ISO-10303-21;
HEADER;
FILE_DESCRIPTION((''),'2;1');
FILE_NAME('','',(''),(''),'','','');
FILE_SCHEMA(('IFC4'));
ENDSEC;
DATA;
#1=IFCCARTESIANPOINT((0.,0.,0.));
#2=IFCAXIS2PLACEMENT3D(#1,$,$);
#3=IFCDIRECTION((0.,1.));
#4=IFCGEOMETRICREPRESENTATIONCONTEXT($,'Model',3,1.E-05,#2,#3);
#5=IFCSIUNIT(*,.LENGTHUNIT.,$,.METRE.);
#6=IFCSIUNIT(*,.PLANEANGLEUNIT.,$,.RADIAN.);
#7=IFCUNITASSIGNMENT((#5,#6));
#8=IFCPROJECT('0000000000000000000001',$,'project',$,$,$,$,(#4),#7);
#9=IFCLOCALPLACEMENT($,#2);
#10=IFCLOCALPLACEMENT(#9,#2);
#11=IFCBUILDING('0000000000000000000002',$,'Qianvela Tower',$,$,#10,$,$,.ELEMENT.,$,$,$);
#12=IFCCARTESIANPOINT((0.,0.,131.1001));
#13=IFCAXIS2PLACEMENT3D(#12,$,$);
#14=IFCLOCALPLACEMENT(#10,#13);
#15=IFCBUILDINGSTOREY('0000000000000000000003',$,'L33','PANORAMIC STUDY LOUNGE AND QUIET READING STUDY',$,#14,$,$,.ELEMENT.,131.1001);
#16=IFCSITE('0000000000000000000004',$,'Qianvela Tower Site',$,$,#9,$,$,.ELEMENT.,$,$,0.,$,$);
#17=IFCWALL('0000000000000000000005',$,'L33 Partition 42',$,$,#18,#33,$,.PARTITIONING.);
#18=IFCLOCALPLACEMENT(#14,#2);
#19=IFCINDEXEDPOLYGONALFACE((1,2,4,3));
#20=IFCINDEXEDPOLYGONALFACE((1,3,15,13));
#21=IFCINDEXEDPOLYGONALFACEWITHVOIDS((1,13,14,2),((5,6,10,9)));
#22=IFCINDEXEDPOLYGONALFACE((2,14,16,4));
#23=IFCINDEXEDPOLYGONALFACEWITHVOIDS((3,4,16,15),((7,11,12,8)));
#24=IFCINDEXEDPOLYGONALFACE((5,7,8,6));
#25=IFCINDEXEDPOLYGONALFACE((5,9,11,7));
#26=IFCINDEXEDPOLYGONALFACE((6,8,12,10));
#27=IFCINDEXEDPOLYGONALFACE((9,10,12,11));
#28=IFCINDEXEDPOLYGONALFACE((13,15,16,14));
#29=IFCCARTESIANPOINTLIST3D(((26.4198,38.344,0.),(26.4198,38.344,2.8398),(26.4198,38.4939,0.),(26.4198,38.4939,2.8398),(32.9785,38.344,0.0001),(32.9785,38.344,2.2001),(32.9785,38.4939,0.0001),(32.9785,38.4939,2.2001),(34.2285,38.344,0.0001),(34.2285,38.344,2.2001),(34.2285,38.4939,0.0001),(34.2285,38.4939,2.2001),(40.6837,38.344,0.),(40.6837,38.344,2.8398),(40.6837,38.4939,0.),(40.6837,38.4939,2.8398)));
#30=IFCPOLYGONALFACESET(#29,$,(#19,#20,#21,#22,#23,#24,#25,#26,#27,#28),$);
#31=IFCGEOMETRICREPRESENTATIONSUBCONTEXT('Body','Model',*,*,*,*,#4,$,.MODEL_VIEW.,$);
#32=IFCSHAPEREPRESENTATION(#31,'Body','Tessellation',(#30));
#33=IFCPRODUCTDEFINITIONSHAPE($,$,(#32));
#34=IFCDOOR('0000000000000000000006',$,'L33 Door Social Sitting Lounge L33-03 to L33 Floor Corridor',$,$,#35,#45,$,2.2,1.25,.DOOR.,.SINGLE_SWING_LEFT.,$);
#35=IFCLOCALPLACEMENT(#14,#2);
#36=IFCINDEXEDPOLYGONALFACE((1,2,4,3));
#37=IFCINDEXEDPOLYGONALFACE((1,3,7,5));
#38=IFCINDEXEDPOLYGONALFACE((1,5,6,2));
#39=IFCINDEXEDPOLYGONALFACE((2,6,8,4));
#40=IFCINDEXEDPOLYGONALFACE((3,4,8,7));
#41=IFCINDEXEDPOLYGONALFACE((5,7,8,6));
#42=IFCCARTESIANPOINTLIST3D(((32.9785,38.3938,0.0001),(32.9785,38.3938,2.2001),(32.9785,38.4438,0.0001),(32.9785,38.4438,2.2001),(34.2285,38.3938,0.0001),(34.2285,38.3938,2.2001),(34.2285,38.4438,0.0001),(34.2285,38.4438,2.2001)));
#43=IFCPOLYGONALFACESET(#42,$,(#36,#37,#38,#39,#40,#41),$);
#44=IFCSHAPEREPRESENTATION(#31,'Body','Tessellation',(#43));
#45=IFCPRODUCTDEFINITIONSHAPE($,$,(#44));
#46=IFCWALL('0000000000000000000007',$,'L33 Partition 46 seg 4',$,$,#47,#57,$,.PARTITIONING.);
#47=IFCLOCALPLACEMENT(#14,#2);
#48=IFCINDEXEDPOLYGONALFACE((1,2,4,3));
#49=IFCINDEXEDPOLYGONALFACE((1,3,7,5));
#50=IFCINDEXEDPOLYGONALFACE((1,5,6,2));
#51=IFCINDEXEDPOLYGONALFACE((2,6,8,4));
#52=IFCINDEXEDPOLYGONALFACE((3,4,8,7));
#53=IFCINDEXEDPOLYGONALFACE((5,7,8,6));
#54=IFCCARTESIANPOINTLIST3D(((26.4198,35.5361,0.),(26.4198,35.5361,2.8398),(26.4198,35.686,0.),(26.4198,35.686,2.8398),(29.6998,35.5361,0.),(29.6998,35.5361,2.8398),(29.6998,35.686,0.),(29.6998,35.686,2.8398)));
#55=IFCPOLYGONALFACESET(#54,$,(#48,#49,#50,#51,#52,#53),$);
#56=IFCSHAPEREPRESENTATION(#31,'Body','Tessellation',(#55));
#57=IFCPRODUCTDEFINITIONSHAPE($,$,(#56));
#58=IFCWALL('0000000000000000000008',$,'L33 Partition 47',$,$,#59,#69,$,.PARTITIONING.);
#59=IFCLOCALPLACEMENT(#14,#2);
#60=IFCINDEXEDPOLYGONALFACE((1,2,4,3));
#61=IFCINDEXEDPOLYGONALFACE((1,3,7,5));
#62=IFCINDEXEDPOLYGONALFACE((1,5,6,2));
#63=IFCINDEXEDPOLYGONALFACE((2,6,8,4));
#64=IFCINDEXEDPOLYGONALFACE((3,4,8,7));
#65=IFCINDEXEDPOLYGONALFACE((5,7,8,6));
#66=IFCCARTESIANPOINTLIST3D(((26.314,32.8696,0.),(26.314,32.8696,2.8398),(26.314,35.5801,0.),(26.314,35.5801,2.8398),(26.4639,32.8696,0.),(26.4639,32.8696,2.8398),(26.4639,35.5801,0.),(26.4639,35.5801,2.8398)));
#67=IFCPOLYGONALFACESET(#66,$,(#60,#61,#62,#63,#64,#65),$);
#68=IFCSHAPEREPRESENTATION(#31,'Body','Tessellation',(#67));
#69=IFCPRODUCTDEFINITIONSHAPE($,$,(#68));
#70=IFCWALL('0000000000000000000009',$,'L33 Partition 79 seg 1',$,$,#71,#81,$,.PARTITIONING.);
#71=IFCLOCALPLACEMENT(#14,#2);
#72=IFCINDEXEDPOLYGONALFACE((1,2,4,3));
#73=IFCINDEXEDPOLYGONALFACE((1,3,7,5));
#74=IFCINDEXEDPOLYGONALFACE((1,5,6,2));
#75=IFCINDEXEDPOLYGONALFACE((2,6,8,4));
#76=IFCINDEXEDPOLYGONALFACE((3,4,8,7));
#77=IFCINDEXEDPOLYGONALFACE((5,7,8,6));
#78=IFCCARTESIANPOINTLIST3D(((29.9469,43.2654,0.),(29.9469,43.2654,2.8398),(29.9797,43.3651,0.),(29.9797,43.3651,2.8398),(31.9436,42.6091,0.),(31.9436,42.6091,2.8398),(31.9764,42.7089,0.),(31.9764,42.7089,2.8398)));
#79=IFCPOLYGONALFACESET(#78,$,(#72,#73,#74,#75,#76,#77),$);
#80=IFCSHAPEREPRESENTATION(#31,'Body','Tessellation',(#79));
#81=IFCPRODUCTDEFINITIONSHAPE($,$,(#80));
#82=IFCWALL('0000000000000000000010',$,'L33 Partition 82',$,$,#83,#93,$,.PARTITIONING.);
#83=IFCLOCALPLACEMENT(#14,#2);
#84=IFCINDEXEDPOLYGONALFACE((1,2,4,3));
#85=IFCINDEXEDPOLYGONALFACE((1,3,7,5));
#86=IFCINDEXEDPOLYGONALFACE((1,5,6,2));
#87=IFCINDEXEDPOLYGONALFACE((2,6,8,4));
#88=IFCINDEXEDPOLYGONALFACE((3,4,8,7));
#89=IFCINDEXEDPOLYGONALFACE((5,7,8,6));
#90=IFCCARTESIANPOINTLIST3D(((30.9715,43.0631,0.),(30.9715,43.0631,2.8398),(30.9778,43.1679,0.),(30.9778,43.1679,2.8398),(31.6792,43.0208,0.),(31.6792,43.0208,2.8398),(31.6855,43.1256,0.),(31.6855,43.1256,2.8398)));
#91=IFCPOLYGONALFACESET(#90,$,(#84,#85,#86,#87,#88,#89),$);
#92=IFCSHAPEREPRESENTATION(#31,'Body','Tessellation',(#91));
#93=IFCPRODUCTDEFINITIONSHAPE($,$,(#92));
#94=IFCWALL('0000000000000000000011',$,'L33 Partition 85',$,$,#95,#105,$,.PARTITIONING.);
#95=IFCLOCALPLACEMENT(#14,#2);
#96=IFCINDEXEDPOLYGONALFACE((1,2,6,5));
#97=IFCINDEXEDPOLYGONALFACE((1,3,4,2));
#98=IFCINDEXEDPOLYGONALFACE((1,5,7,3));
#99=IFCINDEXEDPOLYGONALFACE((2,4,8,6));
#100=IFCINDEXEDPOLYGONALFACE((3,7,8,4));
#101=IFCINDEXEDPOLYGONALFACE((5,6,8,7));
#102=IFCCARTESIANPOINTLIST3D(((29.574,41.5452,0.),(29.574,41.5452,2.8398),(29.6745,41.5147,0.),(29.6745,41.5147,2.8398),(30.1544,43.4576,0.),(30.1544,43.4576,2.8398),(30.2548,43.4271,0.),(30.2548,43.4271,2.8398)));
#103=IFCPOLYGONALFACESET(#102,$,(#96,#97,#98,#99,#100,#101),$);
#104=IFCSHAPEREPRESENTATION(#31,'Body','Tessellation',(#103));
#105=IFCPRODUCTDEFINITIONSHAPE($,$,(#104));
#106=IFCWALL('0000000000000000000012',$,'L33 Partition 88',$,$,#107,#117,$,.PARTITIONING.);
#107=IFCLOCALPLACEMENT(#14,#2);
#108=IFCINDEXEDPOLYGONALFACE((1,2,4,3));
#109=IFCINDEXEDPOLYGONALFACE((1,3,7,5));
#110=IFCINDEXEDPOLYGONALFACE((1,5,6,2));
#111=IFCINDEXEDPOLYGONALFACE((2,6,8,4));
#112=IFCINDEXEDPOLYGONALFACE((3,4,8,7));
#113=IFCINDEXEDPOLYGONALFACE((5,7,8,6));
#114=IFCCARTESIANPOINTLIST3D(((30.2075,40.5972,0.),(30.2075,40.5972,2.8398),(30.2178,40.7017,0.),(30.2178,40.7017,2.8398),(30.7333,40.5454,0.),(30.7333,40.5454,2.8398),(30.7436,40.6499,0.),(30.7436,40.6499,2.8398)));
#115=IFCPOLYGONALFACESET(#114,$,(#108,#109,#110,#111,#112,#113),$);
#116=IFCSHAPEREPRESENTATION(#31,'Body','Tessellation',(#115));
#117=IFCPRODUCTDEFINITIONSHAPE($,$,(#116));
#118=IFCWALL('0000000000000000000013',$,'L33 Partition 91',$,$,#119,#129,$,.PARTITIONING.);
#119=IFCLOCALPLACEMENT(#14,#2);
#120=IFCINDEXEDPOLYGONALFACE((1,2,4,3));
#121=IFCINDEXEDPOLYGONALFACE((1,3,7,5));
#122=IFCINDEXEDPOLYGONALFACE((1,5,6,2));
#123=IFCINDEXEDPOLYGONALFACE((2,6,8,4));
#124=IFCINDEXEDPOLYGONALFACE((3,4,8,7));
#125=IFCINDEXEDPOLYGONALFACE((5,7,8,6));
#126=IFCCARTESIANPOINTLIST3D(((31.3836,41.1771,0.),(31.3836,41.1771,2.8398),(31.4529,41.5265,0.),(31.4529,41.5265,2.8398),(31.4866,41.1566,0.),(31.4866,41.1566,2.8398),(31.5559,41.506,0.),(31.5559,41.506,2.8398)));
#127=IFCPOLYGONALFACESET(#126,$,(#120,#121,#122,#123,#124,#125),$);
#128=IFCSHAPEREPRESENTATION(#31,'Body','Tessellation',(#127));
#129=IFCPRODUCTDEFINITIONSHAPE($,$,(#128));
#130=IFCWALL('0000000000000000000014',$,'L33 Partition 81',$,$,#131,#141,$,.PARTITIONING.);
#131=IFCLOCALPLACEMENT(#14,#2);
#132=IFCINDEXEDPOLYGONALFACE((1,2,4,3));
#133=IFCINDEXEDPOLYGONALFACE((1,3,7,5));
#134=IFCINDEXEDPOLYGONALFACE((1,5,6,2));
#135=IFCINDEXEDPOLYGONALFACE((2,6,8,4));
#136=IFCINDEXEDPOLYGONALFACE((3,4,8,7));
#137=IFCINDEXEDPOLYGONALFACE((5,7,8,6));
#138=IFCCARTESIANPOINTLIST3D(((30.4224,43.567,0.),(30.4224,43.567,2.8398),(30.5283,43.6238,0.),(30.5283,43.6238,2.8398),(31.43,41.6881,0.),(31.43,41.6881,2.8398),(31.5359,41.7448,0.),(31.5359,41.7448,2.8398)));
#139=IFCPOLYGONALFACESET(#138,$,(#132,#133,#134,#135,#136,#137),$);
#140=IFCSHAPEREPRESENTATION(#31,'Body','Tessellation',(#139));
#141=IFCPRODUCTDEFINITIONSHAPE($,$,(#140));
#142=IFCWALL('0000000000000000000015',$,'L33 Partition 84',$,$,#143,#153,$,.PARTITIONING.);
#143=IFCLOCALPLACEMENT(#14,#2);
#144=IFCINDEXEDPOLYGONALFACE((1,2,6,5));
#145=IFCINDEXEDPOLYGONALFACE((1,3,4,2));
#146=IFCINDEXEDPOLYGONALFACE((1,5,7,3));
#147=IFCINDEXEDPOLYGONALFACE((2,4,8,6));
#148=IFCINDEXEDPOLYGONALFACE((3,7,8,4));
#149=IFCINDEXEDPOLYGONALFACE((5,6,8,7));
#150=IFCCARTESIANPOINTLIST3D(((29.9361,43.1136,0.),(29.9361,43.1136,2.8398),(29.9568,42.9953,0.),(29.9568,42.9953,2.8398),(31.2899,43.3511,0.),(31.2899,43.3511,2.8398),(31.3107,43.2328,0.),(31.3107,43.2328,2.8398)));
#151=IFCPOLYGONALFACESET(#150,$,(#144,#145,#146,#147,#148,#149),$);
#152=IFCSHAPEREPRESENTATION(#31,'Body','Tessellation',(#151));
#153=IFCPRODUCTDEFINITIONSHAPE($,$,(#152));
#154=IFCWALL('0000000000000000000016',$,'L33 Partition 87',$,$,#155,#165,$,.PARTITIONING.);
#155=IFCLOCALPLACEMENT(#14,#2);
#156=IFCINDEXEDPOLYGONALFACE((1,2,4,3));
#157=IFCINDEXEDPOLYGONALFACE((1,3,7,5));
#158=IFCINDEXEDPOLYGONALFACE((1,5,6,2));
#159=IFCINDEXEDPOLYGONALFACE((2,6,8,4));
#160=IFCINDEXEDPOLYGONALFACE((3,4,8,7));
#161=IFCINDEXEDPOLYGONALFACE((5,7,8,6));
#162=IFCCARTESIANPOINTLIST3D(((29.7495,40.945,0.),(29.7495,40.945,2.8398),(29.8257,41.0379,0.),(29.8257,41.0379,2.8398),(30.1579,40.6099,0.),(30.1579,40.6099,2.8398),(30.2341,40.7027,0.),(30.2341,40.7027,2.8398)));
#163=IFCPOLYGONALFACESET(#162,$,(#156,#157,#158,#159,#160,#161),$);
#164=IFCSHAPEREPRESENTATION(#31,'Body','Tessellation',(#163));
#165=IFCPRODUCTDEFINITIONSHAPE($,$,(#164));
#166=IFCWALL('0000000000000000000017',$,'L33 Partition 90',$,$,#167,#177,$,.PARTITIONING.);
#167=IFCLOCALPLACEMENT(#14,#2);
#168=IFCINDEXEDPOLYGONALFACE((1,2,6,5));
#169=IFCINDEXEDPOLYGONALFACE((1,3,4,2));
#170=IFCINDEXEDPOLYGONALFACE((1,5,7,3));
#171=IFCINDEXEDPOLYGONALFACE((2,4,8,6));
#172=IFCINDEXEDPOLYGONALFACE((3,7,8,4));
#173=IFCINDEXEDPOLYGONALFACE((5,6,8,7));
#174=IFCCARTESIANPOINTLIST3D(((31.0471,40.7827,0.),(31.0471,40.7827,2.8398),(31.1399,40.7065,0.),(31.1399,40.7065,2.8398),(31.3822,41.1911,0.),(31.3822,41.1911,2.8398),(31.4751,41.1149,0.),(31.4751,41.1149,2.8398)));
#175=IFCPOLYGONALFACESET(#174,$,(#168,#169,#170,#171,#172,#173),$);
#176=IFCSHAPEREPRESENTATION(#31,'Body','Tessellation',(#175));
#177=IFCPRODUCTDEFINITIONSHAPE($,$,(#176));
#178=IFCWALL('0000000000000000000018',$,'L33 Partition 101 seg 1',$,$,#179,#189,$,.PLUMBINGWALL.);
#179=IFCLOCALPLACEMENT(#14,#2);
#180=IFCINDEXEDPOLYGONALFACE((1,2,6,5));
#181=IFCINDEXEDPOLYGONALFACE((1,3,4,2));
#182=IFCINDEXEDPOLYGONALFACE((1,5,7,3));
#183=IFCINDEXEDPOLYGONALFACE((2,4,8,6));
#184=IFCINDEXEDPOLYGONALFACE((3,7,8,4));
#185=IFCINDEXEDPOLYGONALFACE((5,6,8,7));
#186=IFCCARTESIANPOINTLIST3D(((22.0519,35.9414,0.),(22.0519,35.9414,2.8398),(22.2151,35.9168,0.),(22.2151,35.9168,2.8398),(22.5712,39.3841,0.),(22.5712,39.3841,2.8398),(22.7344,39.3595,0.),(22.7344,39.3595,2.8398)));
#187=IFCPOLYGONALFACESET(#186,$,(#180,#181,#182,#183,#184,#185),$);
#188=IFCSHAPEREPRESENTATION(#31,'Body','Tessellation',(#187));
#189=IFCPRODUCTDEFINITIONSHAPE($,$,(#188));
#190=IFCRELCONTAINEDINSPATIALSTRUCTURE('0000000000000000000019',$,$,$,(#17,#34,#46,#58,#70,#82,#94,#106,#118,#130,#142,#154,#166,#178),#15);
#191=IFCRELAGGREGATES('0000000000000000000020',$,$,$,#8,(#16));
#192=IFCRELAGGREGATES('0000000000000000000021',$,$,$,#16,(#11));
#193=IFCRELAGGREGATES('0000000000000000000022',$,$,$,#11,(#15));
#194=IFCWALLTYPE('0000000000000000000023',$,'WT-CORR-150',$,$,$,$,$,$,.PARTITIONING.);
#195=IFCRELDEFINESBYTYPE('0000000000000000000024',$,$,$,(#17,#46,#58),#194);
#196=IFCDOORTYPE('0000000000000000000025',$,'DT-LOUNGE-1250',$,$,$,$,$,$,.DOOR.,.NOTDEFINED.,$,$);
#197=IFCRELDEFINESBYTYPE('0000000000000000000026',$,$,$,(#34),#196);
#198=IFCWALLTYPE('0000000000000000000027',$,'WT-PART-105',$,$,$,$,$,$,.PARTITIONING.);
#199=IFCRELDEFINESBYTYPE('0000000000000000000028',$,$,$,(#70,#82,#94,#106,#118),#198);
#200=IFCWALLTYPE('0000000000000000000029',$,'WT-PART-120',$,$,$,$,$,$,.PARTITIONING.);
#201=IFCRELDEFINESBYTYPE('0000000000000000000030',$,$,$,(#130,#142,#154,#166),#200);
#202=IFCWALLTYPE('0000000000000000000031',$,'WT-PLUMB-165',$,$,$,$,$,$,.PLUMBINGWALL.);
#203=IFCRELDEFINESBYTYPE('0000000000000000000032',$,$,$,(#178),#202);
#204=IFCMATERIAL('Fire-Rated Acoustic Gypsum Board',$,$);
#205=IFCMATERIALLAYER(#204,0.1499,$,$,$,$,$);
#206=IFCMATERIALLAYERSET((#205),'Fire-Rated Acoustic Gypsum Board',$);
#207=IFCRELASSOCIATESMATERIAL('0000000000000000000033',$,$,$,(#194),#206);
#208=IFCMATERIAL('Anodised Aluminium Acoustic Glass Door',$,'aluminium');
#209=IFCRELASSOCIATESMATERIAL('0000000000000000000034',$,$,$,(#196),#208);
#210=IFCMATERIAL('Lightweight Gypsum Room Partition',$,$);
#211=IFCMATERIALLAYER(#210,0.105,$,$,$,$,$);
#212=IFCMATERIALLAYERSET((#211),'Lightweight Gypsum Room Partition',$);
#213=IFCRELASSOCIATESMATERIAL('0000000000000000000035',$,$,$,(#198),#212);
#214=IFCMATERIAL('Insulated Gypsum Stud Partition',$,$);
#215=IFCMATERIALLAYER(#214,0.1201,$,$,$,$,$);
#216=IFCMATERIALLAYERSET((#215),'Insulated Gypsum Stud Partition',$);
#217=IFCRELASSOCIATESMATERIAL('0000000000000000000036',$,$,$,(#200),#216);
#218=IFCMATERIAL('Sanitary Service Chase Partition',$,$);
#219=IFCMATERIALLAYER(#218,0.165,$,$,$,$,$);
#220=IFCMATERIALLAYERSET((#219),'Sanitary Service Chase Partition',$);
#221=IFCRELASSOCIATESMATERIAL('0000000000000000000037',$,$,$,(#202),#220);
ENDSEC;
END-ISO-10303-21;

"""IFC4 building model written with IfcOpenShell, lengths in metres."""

from ifc_helpers import new_model, si_unit, direction, frame, frame_2d, origin, place, context, subcontext, project, spatial, rectangle, extrude, material, layer, layer_set, type_object, element, fill, save


model = new_model("IFC4")

# Units and contexts
model_context = context("Model", 3, precision=1e-05, world=origin(), true_north=direction((0.0, 1.0)))
body_context = subcontext(model_context, "Body", "Model", "MODEL_VIEW")
ifc_project = project(units=[si_unit("LENGTHUNIT", "METRE"), si_unit("PLANEANGLEUNIT", "RADIAN")], contexts=[model_context])

# Site, building, storey
site_placement = place(None, origin())
site = spatial("IfcSite", under=ifc_project, at=site_placement, Name="Qianvela Tower Site", CompositionType="ELEMENT", RefElevation=0.0)
building_placement = place(site_placement, origin())
building = spatial("IfcBuilding", under=site, at=building_placement, Name="Qianvela Tower", CompositionType="ELEMENT")
storey_placement = place(building_placement, frame((0.0, 0.0, 131.1001)))
storey = spatial("IfcBuildingStorey", under=building, at=storey_placement, Name="L33", Description="PANORAMIC STUDY LOUNGE AND QUIET READING STUDY", CompositionType="ELEMENT", Elevation=131.1001)

# Shared definitions
ifc_material_1 = material(Name="Fire-Rated Acoustic Gypsum Board")
ifc_layer_1 = layer(ifc_material_1, 0.1499)
ifc_layer_set_1 = layer_set([ifc_layer_1], Name="Fire-Rated Acoustic Gypsum Board")
wall_type_1 = type_object("IfcWallType", Name="WT-CORR-150", PredefinedType="PARTITIONING", material=ifc_layer_set_1)

# Wall, opening, door
wall_1_placement = place(storey_placement, frame((26.4199, 38.4189, 0.0), z_axis=(0.0, 0.0, 1.0), x_axis=(1.0, 0.0, 0.0)))
wall_1 = element("IfcWall", 1, at=wall_1_placement, inside=storey, type_object=wall_type_1, Name="L33 Partition 42", PredefinedType="PARTITIONING", context=body_context, shape_type="SweptSolid", body=[
    extrude(rectangle(XDim=14.2639, YDim=0.1499, at=frame_2d((7.1318, 0.0))), origin(), (0.0, 0.0, 1.0), 2.8398),
])
opening_1_placement = place(wall_1_placement, frame((6.5586, 0.0, 0.0)))
opening_1 = element("IfcOpeningElement", 2, at=opening_1_placement, cuts=wall_1, PredefinedType="OPENING", context=body_context, shape_type="SweptSolid", body=[
    extrude(rectangle(XDim=1.25, YDim=2.2, at=frame_2d((0.625, 1.1001))), frame((0.0, 0.085, 0.0), z_axis=(0.0, -1.0, 0.0), x_axis=(1.0, 0.0, 0.0)), (0.0, 0.0, 1.0), 0.1699),
])
ifc_material_2 = material(Name="Anodised Aluminium Acoustic Glass Door", Category="aluminium")
door_type_1 = type_object("IfcDoorType", Name="DT-LOUNGE-1250", OperationType="NOTDEFINED", PredefinedType="DOOR", material=ifc_material_2)
door_1_placement = place(opening_1_placement, origin())
door_1 = element("IfcDoor", 3, at=door_1_placement, inside=storey, type_object=door_type_1, Name="L33 Door Social Sitting Lounge L33-03 to L33 Floor Corridor", OperationType="SINGLE_SWING_LEFT", OverallHeight=2.2, OverallWidth=1.25, PredefinedType="DOOR", context=body_context, shape_type="SweptSolid", body=[
    extrude(rectangle(XDim=1.25, YDim=2.2, at=frame_2d((0.625, 1.1001))), frame((0.0, 0.0249, 0.0), z_axis=(0.0, -1.0, 0.0), x_axis=(1.0, 0.0, 0.0)), (0.0, 0.0, 1.0), 0.05),
])
fill(opening_1, door_1)

# Walls
wall_2_placement = place(storey_placement, frame((29.7, 35.6111, 0.0), z_axis=(0.0, 0.0, 1.0), x_axis=(-1.0, 0.0, 0.0)))
element("IfcWall", 4, at=wall_2_placement, inside=storey, type_object=wall_type_1, Name="L33 Partition 46 seg 4", PredefinedType="PARTITIONING", context=body_context, shape_type="SweptSolid", body=[
    extrude(rectangle(XDim=3.28, YDim=0.1499, at=frame_2d((1.6401, 0.0))), origin(), (0.0, 0.0, 1.0), 2.8398),
])
wall_3_placement = place(storey_placement, frame((26.3889, 35.5801, 0.0), z_axis=(0.0, 0.0, 1.0), x_axis=(0.0, -1.0, 0.0)))
element("IfcWall", 5, at=wall_3_placement, inside=storey, type_object=wall_type_1, Name="L33 Partition 47", PredefinedType="PARTITIONING", context=body_context, shape_type="SweptSolid", body=[
    extrude(rectangle(XDim=2.7104, YDim=0.1499, at=frame_2d((1.3552, 0.0))), origin(), (0.0, 0.0, 1.0), 2.8398),
])
ifc_material_3 = material(Name="Lightweight Gypsum Room Partition")
ifc_layer_2 = layer(ifc_material_3, 0.105)
ifc_layer_set_2 = layer_set([ifc_layer_2], Name="Lightweight Gypsum Room Partition")
wall_type_2 = type_object("IfcWallType", Name="WT-PART-105", PredefinedType="PARTITIONING", material=ifc_layer_set_2)
wall_4_placement = place(storey_placement, frame((29.9634, 43.3152, 0.0), z_axis=(0.0, 0.0, 1.0), x_axis=(0.950011, -0.312218, 0.0)))
element("IfcWall", 6, at=wall_4_placement, inside=storey, type_object=wall_type_2, Name="L33 Partition 79 seg 1", PredefinedType="PARTITIONING", context=body_context, shape_type="SweptSolid", body=[
    extrude(rectangle(XDim=2.1018, YDim=0.105, at=frame_2d((1.0508, 0.0))), origin(), (0.0, 0.0, 1.0), 2.8398),
])
wall_5_placement = place(storey_placement, frame((31.6824, 43.0732, 0.0), z_axis=(0.0, 0.0, 1.0), x_axis=(-0.998224, 0.05957, 0.0)))
element("IfcWall", 7, at=wall_5_placement, inside=storey, type_object=wall_type_2, Name="L33 Partition 82", PredefinedType="PARTITIONING", context=body_context, shape_type="SweptSolid", body=[
    extrude(rectangle(XDim=0.709, YDim=0.105, at=frame_2d((0.3545, 0.0))), origin(), (0.0, 0.0, 1.0), 2.8398),
])
wall_6_placement = place(storey_placement, frame((30.2046, 43.4424, 0.0), z_axis=(0.0, 0.0, 1.0), x_axis=(-0.290384, -0.95691, 0.0)))
element("IfcWall", 8, at=wall_6_placement, inside=storey, type_object=wall_type_2, Name="L33 Partition 85", PredefinedType="PARTITIONING", context=body_context, shape_type="SweptSolid", body=[
    extrude(rectangle(XDim=1.9985, YDim=0.105, at=frame_2d((0.9993, 0.0))), origin(), (0.0, 0.0, 1.0), 2.8398),
])
wall_7_placement = place(storey_placement, frame((30.2126, 40.6494, 0.0), z_axis=(0.0, 0.0, 1.0), x_axis=(0.995192, -0.097948, 0.0)))
element("IfcWall", 9, at=wall_7_placement, inside=storey, type_object=wall_type_2, Name="L33 Partition 88", PredefinedType="PARTITIONING", context=body_context, shape_type="SweptSolid", body=[
    extrude(rectangle(XDim=0.5283, YDim=0.105, at=frame_2d((0.2642, 0.0))), origin(), (0.0, 0.0, 1.0), 2.8398),
])
wall_8_placement = place(storey_placement, frame((31.4351, 41.1667, 0.0), z_axis=(0.0, 0.0, 1.0), x_axis=(0.194666, 0.98087, 0.0)))
element("IfcWall", 10, at=wall_8_placement, inside=storey, type_object=wall_type_2, Name="L33 Partition 91", PredefinedType="PARTITIONING", context=body_context, shape_type="SweptSolid", body=[
    extrude(rectangle(XDim=0.3562, YDim=0.105, at=frame_2d((0.1782, 0.0))), origin(), (0.0, 0.0, 1.0), 2.8398),
])
ifc_material_4 = material(Name="Insulated Gypsum Stud Partition")
ifc_layer_3 = layer(ifc_material_4, 0.1201)
ifc_layer_set_3 = layer_set([ifc_layer_3], Name="Insulated Gypsum Stud Partition")
wall_type_3 = type_object("IfcWallType", Name="WT-PART-120", PredefinedType="PARTITIONING", material=ifc_layer_set_3)
wall_9_placement = place(storey_placement, frame((31.4829, 41.7166, 0.0), z_axis=(0.0, 0.0, 1.0), x_axis=(-0.47259, 0.881282, 0.0)))
element("IfcWall", 11, at=wall_9_placement, inside=storey, type_object=wall_type_3, Name="L33 Partition 81", PredefinedType="PARTITIONING", context=body_context, shape_type="SweptSolid", body=[
    extrude(rectangle(XDim=2.1321, YDim=0.1201, at=frame_2d((1.0659, 0.0))), origin(), (0.0, 0.0, 1.0), 2.8398),
])
wall_10_placement = place(storey_placement, frame((31.3003, 43.292, 0.0), z_axis=(0.0, 0.0, 1.0), x_axis=(-0.984951, -0.172833, 0.0)))
element("IfcWall", 12, at=wall_10_placement, inside=storey, type_object=wall_type_3, Name="L33 Partition 84", PredefinedType="PARTITIONING", context=body_context, shape_type="SweptSolid", body=[
    extrude(rectangle(XDim=1.3745, YDim=0.1201, at=frame_2d((0.6873, 0.0))), origin(), (0.0, 0.0, 1.0), 2.8398),
])
for number, where, z_axis, x_axis, name in (
    (13, (29.7876, 40.9915, 0.0), (0.0, 0.0, 1.0), (0.773009, -0.634394, 0.0), "L33 Partition 87"),
    (14, (31.0935, 40.7446, 0.0), (0.0, 0.0, 1.0), (0.634394, 0.773009, 0.0), "L33 Partition 90"),
):
    element("IfcWall", number, at=place(storey_placement, frame(where, z_axis=z_axis, x_axis=x_axis)), inside=storey, type_object=wall_type_3, Name=name, PredefinedType="PARTITIONING", context=body_context, shape_type="SweptSolid", body=[
        extrude(rectangle(XDim=0.5283, YDim=0.1201, at=frame_2d((0.2642, 0.0))), origin(), (0.0, 0.0, 1.0), 2.8398),
    ])
ifc_material_5 = material(Name="Sanitary Service Chase Partition")
ifc_layer_4 = layer(ifc_material_5, 0.165)
ifc_layer_set_4 = layer_set([ifc_layer_4], Name="Sanitary Service Chase Partition")
wall_type_4 = type_object("IfcWallType", Name="WT-PLUMB-165", PredefinedType="PLUMBINGWALL", material=ifc_layer_set_4)
wall_11_placement = place(storey_placement, frame((22.1335, 35.9292, 0.0), z_axis=(0.0, 0.0, 1.0), x_axis=(0.149153, 0.988814, 0.0)))
element("IfcWall", 15, at=wall_11_placement, inside=storey, type_object=wall_type_4, Name="L33 Partition 101 seg 1", PredefinedType="PLUMBINGWALL", context=body_context, shape_type="SweptSolid", body=[
    extrude(rectangle(XDim=3.4817, YDim=0.165, at=frame_2d((1.7407, 0.0))), origin(), (0.0, 0.0, 1.0), 2.8398),
])

save(model, "model.ifc")
